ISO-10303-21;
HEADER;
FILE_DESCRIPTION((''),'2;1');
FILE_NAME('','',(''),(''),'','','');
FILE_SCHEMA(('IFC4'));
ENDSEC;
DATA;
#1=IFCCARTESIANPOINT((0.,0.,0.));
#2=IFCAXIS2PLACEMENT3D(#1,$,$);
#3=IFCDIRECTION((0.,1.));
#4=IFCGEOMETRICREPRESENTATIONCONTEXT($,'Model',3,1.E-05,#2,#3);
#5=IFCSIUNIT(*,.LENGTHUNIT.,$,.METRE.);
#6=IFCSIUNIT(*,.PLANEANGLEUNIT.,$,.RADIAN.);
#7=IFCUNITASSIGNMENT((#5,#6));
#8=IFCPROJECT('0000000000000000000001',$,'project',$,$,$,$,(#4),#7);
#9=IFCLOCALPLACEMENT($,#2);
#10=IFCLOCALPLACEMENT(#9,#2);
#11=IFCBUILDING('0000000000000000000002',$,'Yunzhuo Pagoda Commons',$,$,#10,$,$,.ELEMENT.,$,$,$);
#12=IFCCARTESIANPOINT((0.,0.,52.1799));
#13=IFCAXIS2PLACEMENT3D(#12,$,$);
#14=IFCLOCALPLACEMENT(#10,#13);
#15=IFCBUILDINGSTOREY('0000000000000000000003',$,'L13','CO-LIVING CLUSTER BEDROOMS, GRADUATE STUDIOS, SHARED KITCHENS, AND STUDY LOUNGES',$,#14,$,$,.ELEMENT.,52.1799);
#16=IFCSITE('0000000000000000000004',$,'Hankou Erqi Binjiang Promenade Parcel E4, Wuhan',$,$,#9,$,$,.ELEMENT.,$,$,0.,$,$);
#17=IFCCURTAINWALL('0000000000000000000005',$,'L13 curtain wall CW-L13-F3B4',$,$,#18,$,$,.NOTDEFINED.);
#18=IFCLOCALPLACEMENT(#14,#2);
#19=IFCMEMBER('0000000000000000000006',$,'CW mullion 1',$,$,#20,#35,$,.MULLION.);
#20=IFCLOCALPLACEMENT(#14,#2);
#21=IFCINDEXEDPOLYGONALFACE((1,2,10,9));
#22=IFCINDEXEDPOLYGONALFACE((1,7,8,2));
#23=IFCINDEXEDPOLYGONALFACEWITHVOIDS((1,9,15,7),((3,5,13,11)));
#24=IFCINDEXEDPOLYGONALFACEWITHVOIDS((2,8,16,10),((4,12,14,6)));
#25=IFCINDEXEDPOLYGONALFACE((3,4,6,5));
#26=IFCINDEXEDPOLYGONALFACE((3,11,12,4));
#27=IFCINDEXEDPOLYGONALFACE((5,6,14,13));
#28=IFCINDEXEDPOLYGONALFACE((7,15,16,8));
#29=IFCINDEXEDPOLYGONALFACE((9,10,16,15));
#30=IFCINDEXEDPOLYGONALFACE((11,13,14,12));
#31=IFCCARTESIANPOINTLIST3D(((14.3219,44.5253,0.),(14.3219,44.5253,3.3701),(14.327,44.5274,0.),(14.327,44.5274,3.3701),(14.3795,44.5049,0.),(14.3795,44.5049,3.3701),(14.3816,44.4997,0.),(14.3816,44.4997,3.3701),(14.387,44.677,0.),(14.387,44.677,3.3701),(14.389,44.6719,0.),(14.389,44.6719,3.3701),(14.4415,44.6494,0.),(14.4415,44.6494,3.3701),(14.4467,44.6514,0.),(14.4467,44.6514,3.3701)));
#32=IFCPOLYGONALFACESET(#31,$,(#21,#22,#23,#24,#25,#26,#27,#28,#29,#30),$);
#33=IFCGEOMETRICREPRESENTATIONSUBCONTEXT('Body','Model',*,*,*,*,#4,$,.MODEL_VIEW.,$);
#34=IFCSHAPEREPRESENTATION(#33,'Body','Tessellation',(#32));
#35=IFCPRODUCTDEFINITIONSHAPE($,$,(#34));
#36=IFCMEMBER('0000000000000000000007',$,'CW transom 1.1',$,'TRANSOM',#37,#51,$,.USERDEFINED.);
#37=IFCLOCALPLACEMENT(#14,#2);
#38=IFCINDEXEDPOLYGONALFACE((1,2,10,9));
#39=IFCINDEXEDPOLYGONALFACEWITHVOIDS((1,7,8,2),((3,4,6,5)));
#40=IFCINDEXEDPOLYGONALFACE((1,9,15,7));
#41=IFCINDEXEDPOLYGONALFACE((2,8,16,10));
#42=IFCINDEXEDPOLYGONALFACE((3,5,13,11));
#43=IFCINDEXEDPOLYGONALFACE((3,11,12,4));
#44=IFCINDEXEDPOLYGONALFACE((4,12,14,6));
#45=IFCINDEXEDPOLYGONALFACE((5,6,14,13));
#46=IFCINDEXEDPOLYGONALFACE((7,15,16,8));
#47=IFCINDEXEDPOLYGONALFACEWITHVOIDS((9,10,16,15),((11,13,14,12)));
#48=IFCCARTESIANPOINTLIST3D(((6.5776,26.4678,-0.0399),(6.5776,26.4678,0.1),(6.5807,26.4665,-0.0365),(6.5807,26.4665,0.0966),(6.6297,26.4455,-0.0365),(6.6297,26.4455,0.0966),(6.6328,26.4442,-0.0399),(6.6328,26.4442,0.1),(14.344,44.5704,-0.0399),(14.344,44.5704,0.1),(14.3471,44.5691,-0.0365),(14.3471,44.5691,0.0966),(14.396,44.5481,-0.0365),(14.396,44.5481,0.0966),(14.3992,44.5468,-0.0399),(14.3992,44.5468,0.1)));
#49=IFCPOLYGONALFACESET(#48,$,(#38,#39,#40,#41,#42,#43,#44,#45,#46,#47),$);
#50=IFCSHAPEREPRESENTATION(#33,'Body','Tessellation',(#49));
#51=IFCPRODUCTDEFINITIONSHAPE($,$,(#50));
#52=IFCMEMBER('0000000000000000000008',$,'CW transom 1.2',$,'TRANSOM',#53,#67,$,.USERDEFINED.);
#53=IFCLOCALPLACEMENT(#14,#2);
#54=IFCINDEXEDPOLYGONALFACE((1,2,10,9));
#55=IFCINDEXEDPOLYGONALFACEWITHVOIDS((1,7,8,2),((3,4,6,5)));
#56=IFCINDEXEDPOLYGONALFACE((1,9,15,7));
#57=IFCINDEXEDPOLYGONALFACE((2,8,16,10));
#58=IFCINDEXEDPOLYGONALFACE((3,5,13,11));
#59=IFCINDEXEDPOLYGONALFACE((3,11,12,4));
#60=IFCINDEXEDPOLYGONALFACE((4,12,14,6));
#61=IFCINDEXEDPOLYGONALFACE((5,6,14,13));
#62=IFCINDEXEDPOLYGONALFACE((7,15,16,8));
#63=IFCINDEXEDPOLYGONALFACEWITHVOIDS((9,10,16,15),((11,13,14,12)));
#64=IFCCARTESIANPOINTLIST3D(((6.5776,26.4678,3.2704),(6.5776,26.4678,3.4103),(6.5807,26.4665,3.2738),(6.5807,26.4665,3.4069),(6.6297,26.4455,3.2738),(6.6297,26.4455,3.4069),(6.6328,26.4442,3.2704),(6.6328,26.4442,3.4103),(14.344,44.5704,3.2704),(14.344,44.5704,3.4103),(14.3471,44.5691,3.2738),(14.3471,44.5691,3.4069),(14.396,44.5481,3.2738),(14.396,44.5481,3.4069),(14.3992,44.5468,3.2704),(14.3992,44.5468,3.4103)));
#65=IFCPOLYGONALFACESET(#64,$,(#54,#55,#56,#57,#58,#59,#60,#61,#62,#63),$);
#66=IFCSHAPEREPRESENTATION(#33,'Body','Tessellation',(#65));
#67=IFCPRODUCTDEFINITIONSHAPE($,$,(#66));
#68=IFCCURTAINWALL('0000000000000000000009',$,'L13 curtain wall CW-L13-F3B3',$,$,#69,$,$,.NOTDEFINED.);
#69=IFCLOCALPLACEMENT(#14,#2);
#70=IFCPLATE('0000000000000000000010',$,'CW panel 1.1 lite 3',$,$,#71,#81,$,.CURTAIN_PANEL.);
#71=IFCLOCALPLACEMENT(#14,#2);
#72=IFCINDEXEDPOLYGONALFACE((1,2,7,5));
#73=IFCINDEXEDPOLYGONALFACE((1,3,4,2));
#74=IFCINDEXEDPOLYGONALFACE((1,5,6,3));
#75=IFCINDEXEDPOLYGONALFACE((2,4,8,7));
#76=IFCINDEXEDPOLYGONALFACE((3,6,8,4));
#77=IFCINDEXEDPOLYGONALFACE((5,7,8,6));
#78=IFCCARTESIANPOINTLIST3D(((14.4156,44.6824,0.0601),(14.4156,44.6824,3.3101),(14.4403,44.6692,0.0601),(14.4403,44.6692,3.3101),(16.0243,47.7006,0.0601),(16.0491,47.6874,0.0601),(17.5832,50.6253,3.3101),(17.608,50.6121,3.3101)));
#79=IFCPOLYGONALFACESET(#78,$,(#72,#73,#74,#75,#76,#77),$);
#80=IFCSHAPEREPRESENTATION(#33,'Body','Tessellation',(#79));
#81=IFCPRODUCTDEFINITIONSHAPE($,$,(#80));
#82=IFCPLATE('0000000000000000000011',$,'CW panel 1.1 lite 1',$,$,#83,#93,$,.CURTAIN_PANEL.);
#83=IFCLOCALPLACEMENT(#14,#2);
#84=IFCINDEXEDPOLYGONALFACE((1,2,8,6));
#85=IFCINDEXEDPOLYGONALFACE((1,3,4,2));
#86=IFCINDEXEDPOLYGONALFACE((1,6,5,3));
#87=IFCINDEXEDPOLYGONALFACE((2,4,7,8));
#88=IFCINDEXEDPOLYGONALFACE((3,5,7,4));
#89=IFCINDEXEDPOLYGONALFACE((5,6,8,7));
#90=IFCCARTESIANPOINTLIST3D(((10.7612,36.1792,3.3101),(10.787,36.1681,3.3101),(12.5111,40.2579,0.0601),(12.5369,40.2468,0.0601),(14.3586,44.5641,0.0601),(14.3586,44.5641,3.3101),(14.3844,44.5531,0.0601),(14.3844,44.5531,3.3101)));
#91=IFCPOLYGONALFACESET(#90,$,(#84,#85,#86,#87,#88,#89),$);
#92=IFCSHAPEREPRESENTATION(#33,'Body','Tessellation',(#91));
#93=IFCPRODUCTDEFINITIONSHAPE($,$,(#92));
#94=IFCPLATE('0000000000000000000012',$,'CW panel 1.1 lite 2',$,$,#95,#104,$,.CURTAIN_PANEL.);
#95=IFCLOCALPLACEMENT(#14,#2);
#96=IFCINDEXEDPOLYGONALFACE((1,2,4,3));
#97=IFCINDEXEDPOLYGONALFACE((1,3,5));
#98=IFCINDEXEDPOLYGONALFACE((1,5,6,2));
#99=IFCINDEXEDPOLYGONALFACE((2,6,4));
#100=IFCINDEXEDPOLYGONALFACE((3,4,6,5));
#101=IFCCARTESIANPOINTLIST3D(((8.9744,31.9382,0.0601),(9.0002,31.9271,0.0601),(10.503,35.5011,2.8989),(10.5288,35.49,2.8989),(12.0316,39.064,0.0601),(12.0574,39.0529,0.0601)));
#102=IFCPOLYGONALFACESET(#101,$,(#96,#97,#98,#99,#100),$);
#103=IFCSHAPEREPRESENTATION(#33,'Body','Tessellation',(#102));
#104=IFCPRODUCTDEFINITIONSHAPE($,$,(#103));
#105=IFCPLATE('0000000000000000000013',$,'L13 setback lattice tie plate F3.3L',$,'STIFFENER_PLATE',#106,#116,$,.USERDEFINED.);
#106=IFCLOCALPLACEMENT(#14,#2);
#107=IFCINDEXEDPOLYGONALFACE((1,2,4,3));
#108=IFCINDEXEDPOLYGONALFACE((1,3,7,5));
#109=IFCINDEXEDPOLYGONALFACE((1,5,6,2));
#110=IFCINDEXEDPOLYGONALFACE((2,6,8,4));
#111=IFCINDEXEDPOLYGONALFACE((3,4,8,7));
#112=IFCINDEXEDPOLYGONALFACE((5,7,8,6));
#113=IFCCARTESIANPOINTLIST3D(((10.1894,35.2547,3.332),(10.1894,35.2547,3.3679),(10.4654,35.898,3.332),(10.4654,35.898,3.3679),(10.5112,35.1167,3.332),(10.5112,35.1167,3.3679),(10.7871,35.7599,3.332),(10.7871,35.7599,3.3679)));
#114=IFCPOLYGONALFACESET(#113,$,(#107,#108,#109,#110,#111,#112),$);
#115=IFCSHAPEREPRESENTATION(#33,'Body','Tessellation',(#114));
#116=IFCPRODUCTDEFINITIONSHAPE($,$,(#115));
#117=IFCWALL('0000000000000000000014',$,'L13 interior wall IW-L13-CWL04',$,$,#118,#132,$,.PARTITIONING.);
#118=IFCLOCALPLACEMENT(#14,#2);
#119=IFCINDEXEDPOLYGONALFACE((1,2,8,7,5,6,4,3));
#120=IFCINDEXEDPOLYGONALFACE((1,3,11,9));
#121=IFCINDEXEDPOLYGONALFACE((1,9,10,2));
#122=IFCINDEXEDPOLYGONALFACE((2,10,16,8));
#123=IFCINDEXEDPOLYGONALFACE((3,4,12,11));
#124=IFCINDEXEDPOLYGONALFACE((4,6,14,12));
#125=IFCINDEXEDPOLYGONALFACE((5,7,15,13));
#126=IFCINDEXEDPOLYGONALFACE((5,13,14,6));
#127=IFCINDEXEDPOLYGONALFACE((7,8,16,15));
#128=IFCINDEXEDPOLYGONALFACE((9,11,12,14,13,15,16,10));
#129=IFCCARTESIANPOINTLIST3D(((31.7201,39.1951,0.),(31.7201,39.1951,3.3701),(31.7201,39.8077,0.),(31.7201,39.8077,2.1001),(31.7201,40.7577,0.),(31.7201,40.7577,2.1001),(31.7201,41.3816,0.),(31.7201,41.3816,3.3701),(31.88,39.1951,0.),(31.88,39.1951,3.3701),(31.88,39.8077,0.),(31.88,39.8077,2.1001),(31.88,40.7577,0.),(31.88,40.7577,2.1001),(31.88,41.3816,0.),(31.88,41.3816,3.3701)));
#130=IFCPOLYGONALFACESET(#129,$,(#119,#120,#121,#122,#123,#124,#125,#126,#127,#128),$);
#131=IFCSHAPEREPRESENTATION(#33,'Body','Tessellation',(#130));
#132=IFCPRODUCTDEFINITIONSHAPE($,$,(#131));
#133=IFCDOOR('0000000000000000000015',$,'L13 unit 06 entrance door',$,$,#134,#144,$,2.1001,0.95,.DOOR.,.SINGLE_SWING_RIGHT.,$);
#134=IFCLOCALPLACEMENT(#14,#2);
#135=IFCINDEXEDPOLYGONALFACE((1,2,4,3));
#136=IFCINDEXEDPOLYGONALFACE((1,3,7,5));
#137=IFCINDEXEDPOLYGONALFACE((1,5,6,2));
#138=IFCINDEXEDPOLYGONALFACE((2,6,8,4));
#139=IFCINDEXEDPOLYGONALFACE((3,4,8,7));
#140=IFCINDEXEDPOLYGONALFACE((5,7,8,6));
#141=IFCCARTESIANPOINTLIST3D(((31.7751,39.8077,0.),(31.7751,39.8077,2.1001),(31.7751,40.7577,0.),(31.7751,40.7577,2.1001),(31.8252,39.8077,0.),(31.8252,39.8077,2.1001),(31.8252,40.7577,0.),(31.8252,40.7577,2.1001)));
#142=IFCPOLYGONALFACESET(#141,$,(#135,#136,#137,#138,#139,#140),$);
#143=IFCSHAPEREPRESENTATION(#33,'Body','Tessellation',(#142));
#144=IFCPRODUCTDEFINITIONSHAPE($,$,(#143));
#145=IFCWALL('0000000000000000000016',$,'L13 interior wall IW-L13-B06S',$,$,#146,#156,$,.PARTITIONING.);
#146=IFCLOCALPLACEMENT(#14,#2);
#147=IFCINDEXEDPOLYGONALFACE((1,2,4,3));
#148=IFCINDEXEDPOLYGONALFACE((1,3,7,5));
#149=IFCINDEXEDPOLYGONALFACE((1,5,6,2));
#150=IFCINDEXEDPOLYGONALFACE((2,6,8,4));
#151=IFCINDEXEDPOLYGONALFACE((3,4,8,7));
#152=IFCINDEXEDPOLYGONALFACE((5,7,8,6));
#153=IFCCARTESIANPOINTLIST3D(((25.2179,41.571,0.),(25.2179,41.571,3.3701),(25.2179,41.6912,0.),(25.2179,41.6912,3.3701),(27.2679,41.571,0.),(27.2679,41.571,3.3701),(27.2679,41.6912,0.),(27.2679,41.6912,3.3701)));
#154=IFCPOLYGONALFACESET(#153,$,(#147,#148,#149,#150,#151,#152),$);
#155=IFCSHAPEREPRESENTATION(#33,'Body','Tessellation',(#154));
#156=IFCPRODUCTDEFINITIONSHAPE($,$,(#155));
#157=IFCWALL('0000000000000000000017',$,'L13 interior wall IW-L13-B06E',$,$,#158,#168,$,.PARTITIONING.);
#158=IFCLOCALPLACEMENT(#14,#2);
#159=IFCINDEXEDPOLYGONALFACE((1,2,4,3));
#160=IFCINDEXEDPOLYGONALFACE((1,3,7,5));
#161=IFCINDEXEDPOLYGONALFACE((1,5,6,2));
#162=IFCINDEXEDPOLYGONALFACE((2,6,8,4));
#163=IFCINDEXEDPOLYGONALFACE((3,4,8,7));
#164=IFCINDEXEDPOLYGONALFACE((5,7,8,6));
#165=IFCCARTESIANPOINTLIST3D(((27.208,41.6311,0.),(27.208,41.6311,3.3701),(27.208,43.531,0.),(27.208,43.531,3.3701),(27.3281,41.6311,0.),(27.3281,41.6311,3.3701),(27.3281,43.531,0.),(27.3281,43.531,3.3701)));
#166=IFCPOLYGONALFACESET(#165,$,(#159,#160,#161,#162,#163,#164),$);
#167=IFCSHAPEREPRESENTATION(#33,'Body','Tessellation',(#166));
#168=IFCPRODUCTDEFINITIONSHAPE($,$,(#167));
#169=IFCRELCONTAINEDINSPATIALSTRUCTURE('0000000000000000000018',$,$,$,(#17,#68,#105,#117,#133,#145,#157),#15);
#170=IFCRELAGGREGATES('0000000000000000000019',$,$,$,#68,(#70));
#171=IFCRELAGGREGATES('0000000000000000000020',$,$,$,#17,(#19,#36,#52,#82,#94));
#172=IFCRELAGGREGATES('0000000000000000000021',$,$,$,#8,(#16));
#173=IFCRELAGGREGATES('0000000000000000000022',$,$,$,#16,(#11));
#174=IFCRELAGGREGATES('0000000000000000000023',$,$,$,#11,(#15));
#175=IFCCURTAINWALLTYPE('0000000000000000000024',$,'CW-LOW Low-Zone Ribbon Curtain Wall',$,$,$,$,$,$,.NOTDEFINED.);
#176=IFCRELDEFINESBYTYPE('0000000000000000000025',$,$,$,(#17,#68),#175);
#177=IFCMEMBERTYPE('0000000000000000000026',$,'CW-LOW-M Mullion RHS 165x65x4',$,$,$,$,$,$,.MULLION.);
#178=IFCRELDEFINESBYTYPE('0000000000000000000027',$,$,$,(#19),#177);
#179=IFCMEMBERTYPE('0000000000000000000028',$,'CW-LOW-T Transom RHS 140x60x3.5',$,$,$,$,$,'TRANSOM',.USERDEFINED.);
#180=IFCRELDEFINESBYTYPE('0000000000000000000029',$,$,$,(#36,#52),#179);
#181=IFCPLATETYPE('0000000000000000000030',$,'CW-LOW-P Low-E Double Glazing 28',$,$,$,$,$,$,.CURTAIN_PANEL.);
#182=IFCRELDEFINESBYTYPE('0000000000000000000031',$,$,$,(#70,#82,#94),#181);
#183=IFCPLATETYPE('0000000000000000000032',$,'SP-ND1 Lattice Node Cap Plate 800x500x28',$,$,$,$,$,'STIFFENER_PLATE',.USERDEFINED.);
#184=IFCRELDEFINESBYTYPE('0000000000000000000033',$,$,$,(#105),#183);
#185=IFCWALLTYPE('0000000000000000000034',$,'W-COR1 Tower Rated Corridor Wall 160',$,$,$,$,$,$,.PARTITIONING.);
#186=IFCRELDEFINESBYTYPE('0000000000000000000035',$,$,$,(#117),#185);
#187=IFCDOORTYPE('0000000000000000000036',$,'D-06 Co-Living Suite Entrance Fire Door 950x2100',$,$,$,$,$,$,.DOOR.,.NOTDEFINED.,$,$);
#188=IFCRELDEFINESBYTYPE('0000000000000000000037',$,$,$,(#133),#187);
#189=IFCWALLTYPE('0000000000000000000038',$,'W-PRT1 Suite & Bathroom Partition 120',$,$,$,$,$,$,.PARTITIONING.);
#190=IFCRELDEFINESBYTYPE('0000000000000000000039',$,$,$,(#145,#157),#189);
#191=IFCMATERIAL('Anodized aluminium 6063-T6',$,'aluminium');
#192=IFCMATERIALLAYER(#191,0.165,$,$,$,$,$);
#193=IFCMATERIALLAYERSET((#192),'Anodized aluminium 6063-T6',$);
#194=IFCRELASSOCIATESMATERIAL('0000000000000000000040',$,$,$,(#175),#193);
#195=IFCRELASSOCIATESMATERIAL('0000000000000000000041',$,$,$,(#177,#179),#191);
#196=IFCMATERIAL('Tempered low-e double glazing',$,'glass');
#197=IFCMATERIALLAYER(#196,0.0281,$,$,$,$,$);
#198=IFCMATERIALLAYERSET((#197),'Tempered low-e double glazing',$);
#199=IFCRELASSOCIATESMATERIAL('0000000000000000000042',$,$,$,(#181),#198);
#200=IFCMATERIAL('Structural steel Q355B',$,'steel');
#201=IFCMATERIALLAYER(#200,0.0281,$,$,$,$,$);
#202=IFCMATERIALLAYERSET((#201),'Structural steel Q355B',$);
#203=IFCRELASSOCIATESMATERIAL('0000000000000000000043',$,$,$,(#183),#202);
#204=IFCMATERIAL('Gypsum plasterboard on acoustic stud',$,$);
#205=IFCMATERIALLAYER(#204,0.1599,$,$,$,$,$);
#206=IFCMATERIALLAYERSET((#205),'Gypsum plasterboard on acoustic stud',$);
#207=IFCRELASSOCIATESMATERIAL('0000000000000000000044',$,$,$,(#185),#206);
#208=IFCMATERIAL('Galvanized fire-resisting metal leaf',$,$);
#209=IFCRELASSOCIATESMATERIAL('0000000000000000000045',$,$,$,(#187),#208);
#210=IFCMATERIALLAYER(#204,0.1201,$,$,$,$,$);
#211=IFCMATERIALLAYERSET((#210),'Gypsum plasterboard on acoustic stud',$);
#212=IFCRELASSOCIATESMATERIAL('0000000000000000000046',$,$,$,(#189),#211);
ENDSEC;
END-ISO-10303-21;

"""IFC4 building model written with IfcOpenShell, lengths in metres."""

from ifc_helpers import new_model, si_unit, direction, frame, frame_2d, origin, origin_with_axes, origin_2d, place, context, subcontext, project, spatial, polyline, rectangle, hollow_rectangle, outline, extrude, source, transform, mapped, material, layer, layer_set, material_profile, profile_set, type_object, element, fill, aggregate, save


model = new_model("IFC4")

# Units and contexts
model_context = context("Model", 3, precision=1e-05, world=origin(), true_north=direction((0.0, 1.0)))
body_context = subcontext(model_context, "Body", "Model", "MODEL_VIEW")
ifc_project = project(units=[si_unit("LENGTHUNIT", "METRE"), si_unit("PLANEANGLEUNIT", "RADIAN")], contexts=[model_context])

# Site, building, storey
site_placement = place(None, origin())
site = spatial("IfcSite", under=ifc_project, at=site_placement, Name="Hankou Erqi Binjiang Promenade Parcel E4, Wuhan", CompositionType="ELEMENT", RefElevation=0.0)
building_placement = place(site_placement, origin())
building = spatial("IfcBuilding", under=site, at=building_placement, Name="Yunzhuo Pagoda Commons", CompositionType="ELEMENT")
storey_placement = place(building_placement, frame((0.0, 0.0, 52.1799)))
storey = spatial("IfcBuildingStorey", under=building, at=storey_placement, Name="L13", Description="CO-LIVING CLUSTER BEDROOMS, GRADUATE STUDIOS, SHARED KITCHENS, AND STUDY LOUNGES", CompositionType="ELEMENT", Elevation=52.1799)

# Shared definitions
ifc_material_1 = material(Name="Structural steel Q355B", Category="steel")

# Curtain wall, members
ifc_material_2 = material(Name="Anodized aluminium 6063-T6", Category="aluminium")
ifc_layer_1 = layer(ifc_material_2, 0.165)
ifc_layer_set_1 = layer_set([ifc_layer_1], Name="Anodized aluminium 6063-T6")
curtain_wall_type = type_object("IfcCurtainWallType", Name="CW-LOW Low-Zone Ribbon Curtain Wall", PredefinedType="NOTDEFINED", material=ifc_layer_set_1)
curtain_wall_1_placement = place(storey_placement, origin())
curtain_wall_1 = element("IfcCurtainWall", 1, at=curtain_wall_1_placement, inside=storey, type_object=curtain_wall_type, Name="L13 curtain wall CW-L13-F3B4", PredefinedType="NOTDEFINED")
ifc_material_profile_1 = material_profile(ifc_material_2, hollow_rectangle(XDim=0.0649, YDim=0.165, WallThickness=0.0039, at=origin_2d()), Name="Anodized aluminium 6063-T6")
ifc_profile_set_1 = profile_set([ifc_material_profile_1], Name="Anodized aluminium 6063-T6")
member_type_1 = type_object("IfcMemberType", Name="CW-LOW-M Mullion RHS 165x65x4", PredefinedType="MULLION", material=ifc_profile_set_1)
shared_shape_1 = source(origin(), body_context, "Body", "SweptSolid", [
    extrude(hollow_rectangle(XDim=0.0649, YDim=0.165, WallThickness=0.0039, at=origin_2d()), origin(), (0.0, 0.0, 1.0), 3.3701),
])
member_1_placement = place(storey_placement, frame((14.3843, 44.5884, 0.0), z_axis=(0.0, 0.0, 1.0), x_axis=(0.918993, -0.394274, 0.0)))
member_1 = element("IfcMember", 2, at=member_1_placement, type_object=member_type_1, Name="CW mullion 1", PredefinedType="MULLION", context=body_context, shape_type="MappedRepresentation", body=[
    mapped(shared_shape_1, transform((0.0, 0.0, 0.0), scale=1.0)),
])
ifc_material_profile_2 = material_profile(ifc_material_2, hollow_rectangle(XDim=0.0601, YDim=0.1399, WallThickness=0.0034, at=origin_2d()), Name="Anodized aluminium 6063-T6")
ifc_profile_set_2 = profile_set([ifc_material_profile_2], Name="Anodized aluminium 6063-T6")
member_type_2 = type_object("IfcMemberType", Name="CW-LOW-T Transom RHS 140x60x3.5", ElementType="TRANSOM", PredefinedType="USERDEFINED", material=ifc_profile_set_2)
shared_shape_2 = source(origin(), body_context, "Body", "SweptSolid", [
    extrude(hollow_rectangle(XDim=0.0601, YDim=0.1399, WallThickness=0.0034, at=origin_2d()), origin(), (0.0, 0.0, 1.0), 19.6982),
])
member_2_placement = place(storey_placement, frame((14.3716, 44.5586, 0.03), z_axis=(-0.394268, -0.918996, 0.0), x_axis=(0.918996, -0.394268, 0.0)))
member_2 = element("IfcMember", 3, at=member_2_placement, type_object=member_type_2, Name="CW transom 1.1", ObjectType="TRANSOM", PredefinedType="USERDEFINED", context=body_context, shape_type="MappedRepresentation", body=[
    mapped(shared_shape_2, transform((0.0, 0.0, 0.0), scale=1.0)),
])
member_3_placement = place(storey_placement, frame((14.3716, 44.5586, 3.3403), z_axis=(-0.394268, -0.918996, 0.0), x_axis=(0.918996, -0.394268, 0.0)))
member_3 = element("IfcMember", 4, at=member_3_placement, type_object=member_type_2, Name="CW transom 1.2", ObjectType="TRANSOM", PredefinedType="USERDEFINED", context=body_context, shape_type="MappedRepresentation", body=[
    mapped(shared_shape_2, transform((0.0, 0.0, 0.0), scale=1.0)),
])

# Curtain wall, plate
curtain_wall_2_placement = place(storey_placement, origin())
curtain_wall_2 = element("IfcCurtainWall", 5, at=curtain_wall_2_placement, inside=storey, type_object=curtain_wall_type, Name="L13 curtain wall CW-L13-F3B3", PredefinedType="NOTDEFINED")
ifc_material_3 = material(Name="Tempered low-e double glazing", Category="glass")
ifc_layer_2 = layer(ifc_material_3, 0.0281)
ifc_layer_set_2 = layer_set([ifc_layer_2], Name="Tempered low-e double glazing")
plate_type_1 = type_object("IfcPlateType", Name="CW-LOW-P Low-E Double Glazing 28", PredefinedType="CURTAIN_PANEL", material=ifc_layer_set_2)
plate_1_placement = place(storey_placement, frame((16.0242, 47.6406, 1.6851), z_axis=(-0.88247, 0.470369, 0.0), x_axis=(-0.470369, -0.88247, 0.0)))
plate_1 = element("IfcPlate", 6, at=plate_1_placement, type_object=plate_type_1, Name="CW panel 1.1 lite 3", PredefinedType="CURTAIN_PANEL", context=body_context, shape_type="SweptSolid", body=[
    extrude(outline(polyline([(-3.3672, 1.625), (-0.053, -1.625), (3.3672, -1.625), (3.3672, 1.625), (-3.3672, 1.625)])), origin(), (0.0, 0.0, 1.0), 0.0281),
])
aggregate(curtain_wall_2, [plate_1])

# Plates
plate_2_placement = place(storey_placement, frame((12.5857, 40.3606, 1.6851), z_axis=(-0.918993, 0.394274, 0.0), x_axis=(-0.394274, -0.918993, 0.0)))
plate_2 = element("IfcPlate", 7, at=plate_2_placement, type_object=plate_type_1, Name="CW panel 1.1 lite 1", PredefinedType="CURTAIN_PANEL", context=body_context, shape_type="SweptSolid", body=[
    extrude(outline(polyline([(-4.562, -1.625), (0.1238, -1.625), (4.562, 1.625), (-4.562, 1.625), (-4.562, -1.625)])), origin(), (0.0, 0.0, 1.0), 0.0281),
])
plate_3_placement = place(storey_placement, frame((10.5288, 35.49, 1.4795), z_axis=(-0.918993, 0.394274, 0.0), x_axis=(-0.394274, -0.918993, 0.0)))
plate_3 = element("IfcPlate", 8, at=plate_3_placement, type_object=plate_type_1, Name="CW panel 1.1 lite 2", PredefinedType="CURTAIN_PANEL", context=body_context, shape_type="SweptSolid", body=[
    extrude(outline(polyline([(-3.877, -1.4194), (3.877, -1.4194), (0.0, 1.4194), (-3.877, -1.4194)])), origin(), (0.0, 0.0, 1.0), 0.0281),
])
aggregate(curtain_wall_1, [member_1, member_2, member_3, plate_2, plate_3])
ifc_layer_3 = layer(ifc_material_1, 0.0281)
ifc_layer_set_3 = layer_set([ifc_layer_3], Name="Structural steel Q355B")
plate_type_2 = type_object("IfcPlateType", Name="SP-ND1 Lattice Node Cap Plate 800x500x28", ElementType="STIFFENER_PLATE", PredefinedType="USERDEFINED", material=ifc_layer_set_3)
shared_shape_3 = source(origin(), body_context, "Body", "SweptSolid", [
    extrude(rectangle(XDim=0.7, YDim=0.3501, at=origin_2d()), origin(), (0.0, 0.0, 1.0), 0.0359),
])
plate_4_placement = place(storey_placement, frame((10.4883, 35.5073, 3.332), z_axis=(0.0, 0.0, 1.0), x_axis=(-0.394279, -0.918991, 0.0)))
element("IfcPlate", 9, at=plate_4_placement, inside=storey, type_object=plate_type_2, Name="L13 setback lattice tie plate F3.3L", ObjectType="STIFFENER_PLATE", PredefinedType="USERDEFINED", context=body_context, shape_type="MappedRepresentation", body=[
    mapped(shared_shape_3, transform((0.0, 0.0, 0.0), scale=1.0)),
])

# Wall, opening, door
ifc_material_4 = material(Name="Gypsum plasterboard on acoustic stud")
ifc_layer_4 = layer(ifc_material_4, 0.1599)
ifc_layer_set_4 = layer_set([ifc_layer_4], Name="Gypsum plasterboard on acoustic stud")
wall_type_1 = type_object("IfcWallType", Name="W-COR1 Tower Rated Corridor Wall 160", PredefinedType="PARTITIONING", material=ifc_layer_set_4)
wall_1_placement = place(storey_placement, frame((31.8, 39.1951, 0.0), z_axis=(0.0, 0.0, 1.0), x_axis=(0.0, 1.0, 0.0)))
wall_1 = element("IfcWall", 10, at=wall_1_placement, inside=storey, type_object=wall_type_1, Name="L13 interior wall IW-L13-CWL04", PredefinedType="PARTITIONING", context=body_context, shape_type="SweptSolid", body=[
    extrude(rectangle(XDim=2.1865, YDim=0.1599, at=frame_2d((1.0933, 0.0))), origin(), (0.0, 0.0, 1.0), 3.3701),
])
opening_1_placement = place(wall_1_placement, frame((0.6125, 0.0, 0.0)))
opening_1 = element("IfcOpeningElement", 11, at=opening_1_placement, cuts=wall_1, PredefinedType="OPENING", context=body_context, shape_type="SweptSolid", body=[
    extrude(rectangle(XDim=0.95, YDim=2.1001, at=frame_2d((0.4751, 1.05))), frame((0.0, 0.0898, 0.0), z_axis=(0.0, -1.0, 0.0), x_axis=(1.0, 0.0, 0.0)), (0.0, 0.0, 1.0), 0.1799),
])
ifc_material_5 = material(Name="Galvanized fire-resisting metal leaf")
door_type_1 = type_object("IfcDoorType", Name="D-06 Co-Living Suite Entrance Fire Door 950x2100", OperationType="NOTDEFINED", PredefinedType="DOOR", material=ifc_material_5)
shared_shape_4 = source(origin(), body_context, "Body", "SweptSolid", [
    extrude(rectangle(XDim=0.95, YDim=2.1001, at=frame_2d((0.4751, 1.05))), frame((0.0, 0.0249, 0.0), z_axis=(0.0, -1.0, 0.0), x_axis=(1.0, 0.0, 0.0)), (0.0, 0.0, 1.0), 0.05),
])
door_1_placement = place(opening_1_placement, origin_with_axes())
door_1 = element("IfcDoor", 12, at=door_1_placement, inside=storey, type_object=door_type_1, Name="L13 unit 06 entrance door", OperationType="SINGLE_SWING_RIGHT", OverallHeight=2.1001, OverallWidth=0.95, PredefinedType="DOOR", context=body_context, shape_type="MappedRepresentation", body=[
    mapped(shared_shape_4, transform((0.0, 0.0, 0.0), scale=1.0)),
])
fill(opening_1, door_1)

# Walls
ifc_layer_5 = layer(ifc_material_4, 0.1201)
ifc_layer_set_5 = layer_set([ifc_layer_5], Name="Gypsum plasterboard on acoustic stud")
wall_type_2 = type_object("IfcWallType", Name="W-PRT1 Suite & Bathroom Partition 120", PredefinedType="PARTITIONING", material=ifc_layer_set_5)
wall_2_placement = place(storey_placement, frame((25.218, 41.6311, 0.0), z_axis=(0.0, 0.0, 1.0), x_axis=(1.0, 0.0, 0.0)))
element("IfcWall", 13, at=wall_2_placement, inside=storey, type_object=wall_type_2, Name="L13 interior wall IW-L13-B06S", PredefinedType="PARTITIONING", context=body_context, shape_type="SweptSolid", body=[
    extrude(rectangle(XDim=2.05, YDim=0.1201, at=frame_2d((1.0249, 0.0))), origin(), (0.0, 0.0, 1.0), 3.3701),
])
wall_3_placement = place(storey_placement, frame((27.2681, 41.6311, 0.0), z_axis=(0.0, 0.0, 1.0), x_axis=(0.0, 1.0, 0.0)))
element("IfcWall", 14, at=wall_3_placement, inside=storey, type_object=wall_type_2, Name="L13 interior wall IW-L13-B06E", PredefinedType="PARTITIONING", context=body_context, shape_type="SweptSolid", body=[
    extrude(rectangle(XDim=1.8999, YDim=0.1201, at=frame_2d((0.95, 0.0))), origin(), (0.0, 0.0, 1.0), 3.3701),
])

save(model, "model.ifc")
